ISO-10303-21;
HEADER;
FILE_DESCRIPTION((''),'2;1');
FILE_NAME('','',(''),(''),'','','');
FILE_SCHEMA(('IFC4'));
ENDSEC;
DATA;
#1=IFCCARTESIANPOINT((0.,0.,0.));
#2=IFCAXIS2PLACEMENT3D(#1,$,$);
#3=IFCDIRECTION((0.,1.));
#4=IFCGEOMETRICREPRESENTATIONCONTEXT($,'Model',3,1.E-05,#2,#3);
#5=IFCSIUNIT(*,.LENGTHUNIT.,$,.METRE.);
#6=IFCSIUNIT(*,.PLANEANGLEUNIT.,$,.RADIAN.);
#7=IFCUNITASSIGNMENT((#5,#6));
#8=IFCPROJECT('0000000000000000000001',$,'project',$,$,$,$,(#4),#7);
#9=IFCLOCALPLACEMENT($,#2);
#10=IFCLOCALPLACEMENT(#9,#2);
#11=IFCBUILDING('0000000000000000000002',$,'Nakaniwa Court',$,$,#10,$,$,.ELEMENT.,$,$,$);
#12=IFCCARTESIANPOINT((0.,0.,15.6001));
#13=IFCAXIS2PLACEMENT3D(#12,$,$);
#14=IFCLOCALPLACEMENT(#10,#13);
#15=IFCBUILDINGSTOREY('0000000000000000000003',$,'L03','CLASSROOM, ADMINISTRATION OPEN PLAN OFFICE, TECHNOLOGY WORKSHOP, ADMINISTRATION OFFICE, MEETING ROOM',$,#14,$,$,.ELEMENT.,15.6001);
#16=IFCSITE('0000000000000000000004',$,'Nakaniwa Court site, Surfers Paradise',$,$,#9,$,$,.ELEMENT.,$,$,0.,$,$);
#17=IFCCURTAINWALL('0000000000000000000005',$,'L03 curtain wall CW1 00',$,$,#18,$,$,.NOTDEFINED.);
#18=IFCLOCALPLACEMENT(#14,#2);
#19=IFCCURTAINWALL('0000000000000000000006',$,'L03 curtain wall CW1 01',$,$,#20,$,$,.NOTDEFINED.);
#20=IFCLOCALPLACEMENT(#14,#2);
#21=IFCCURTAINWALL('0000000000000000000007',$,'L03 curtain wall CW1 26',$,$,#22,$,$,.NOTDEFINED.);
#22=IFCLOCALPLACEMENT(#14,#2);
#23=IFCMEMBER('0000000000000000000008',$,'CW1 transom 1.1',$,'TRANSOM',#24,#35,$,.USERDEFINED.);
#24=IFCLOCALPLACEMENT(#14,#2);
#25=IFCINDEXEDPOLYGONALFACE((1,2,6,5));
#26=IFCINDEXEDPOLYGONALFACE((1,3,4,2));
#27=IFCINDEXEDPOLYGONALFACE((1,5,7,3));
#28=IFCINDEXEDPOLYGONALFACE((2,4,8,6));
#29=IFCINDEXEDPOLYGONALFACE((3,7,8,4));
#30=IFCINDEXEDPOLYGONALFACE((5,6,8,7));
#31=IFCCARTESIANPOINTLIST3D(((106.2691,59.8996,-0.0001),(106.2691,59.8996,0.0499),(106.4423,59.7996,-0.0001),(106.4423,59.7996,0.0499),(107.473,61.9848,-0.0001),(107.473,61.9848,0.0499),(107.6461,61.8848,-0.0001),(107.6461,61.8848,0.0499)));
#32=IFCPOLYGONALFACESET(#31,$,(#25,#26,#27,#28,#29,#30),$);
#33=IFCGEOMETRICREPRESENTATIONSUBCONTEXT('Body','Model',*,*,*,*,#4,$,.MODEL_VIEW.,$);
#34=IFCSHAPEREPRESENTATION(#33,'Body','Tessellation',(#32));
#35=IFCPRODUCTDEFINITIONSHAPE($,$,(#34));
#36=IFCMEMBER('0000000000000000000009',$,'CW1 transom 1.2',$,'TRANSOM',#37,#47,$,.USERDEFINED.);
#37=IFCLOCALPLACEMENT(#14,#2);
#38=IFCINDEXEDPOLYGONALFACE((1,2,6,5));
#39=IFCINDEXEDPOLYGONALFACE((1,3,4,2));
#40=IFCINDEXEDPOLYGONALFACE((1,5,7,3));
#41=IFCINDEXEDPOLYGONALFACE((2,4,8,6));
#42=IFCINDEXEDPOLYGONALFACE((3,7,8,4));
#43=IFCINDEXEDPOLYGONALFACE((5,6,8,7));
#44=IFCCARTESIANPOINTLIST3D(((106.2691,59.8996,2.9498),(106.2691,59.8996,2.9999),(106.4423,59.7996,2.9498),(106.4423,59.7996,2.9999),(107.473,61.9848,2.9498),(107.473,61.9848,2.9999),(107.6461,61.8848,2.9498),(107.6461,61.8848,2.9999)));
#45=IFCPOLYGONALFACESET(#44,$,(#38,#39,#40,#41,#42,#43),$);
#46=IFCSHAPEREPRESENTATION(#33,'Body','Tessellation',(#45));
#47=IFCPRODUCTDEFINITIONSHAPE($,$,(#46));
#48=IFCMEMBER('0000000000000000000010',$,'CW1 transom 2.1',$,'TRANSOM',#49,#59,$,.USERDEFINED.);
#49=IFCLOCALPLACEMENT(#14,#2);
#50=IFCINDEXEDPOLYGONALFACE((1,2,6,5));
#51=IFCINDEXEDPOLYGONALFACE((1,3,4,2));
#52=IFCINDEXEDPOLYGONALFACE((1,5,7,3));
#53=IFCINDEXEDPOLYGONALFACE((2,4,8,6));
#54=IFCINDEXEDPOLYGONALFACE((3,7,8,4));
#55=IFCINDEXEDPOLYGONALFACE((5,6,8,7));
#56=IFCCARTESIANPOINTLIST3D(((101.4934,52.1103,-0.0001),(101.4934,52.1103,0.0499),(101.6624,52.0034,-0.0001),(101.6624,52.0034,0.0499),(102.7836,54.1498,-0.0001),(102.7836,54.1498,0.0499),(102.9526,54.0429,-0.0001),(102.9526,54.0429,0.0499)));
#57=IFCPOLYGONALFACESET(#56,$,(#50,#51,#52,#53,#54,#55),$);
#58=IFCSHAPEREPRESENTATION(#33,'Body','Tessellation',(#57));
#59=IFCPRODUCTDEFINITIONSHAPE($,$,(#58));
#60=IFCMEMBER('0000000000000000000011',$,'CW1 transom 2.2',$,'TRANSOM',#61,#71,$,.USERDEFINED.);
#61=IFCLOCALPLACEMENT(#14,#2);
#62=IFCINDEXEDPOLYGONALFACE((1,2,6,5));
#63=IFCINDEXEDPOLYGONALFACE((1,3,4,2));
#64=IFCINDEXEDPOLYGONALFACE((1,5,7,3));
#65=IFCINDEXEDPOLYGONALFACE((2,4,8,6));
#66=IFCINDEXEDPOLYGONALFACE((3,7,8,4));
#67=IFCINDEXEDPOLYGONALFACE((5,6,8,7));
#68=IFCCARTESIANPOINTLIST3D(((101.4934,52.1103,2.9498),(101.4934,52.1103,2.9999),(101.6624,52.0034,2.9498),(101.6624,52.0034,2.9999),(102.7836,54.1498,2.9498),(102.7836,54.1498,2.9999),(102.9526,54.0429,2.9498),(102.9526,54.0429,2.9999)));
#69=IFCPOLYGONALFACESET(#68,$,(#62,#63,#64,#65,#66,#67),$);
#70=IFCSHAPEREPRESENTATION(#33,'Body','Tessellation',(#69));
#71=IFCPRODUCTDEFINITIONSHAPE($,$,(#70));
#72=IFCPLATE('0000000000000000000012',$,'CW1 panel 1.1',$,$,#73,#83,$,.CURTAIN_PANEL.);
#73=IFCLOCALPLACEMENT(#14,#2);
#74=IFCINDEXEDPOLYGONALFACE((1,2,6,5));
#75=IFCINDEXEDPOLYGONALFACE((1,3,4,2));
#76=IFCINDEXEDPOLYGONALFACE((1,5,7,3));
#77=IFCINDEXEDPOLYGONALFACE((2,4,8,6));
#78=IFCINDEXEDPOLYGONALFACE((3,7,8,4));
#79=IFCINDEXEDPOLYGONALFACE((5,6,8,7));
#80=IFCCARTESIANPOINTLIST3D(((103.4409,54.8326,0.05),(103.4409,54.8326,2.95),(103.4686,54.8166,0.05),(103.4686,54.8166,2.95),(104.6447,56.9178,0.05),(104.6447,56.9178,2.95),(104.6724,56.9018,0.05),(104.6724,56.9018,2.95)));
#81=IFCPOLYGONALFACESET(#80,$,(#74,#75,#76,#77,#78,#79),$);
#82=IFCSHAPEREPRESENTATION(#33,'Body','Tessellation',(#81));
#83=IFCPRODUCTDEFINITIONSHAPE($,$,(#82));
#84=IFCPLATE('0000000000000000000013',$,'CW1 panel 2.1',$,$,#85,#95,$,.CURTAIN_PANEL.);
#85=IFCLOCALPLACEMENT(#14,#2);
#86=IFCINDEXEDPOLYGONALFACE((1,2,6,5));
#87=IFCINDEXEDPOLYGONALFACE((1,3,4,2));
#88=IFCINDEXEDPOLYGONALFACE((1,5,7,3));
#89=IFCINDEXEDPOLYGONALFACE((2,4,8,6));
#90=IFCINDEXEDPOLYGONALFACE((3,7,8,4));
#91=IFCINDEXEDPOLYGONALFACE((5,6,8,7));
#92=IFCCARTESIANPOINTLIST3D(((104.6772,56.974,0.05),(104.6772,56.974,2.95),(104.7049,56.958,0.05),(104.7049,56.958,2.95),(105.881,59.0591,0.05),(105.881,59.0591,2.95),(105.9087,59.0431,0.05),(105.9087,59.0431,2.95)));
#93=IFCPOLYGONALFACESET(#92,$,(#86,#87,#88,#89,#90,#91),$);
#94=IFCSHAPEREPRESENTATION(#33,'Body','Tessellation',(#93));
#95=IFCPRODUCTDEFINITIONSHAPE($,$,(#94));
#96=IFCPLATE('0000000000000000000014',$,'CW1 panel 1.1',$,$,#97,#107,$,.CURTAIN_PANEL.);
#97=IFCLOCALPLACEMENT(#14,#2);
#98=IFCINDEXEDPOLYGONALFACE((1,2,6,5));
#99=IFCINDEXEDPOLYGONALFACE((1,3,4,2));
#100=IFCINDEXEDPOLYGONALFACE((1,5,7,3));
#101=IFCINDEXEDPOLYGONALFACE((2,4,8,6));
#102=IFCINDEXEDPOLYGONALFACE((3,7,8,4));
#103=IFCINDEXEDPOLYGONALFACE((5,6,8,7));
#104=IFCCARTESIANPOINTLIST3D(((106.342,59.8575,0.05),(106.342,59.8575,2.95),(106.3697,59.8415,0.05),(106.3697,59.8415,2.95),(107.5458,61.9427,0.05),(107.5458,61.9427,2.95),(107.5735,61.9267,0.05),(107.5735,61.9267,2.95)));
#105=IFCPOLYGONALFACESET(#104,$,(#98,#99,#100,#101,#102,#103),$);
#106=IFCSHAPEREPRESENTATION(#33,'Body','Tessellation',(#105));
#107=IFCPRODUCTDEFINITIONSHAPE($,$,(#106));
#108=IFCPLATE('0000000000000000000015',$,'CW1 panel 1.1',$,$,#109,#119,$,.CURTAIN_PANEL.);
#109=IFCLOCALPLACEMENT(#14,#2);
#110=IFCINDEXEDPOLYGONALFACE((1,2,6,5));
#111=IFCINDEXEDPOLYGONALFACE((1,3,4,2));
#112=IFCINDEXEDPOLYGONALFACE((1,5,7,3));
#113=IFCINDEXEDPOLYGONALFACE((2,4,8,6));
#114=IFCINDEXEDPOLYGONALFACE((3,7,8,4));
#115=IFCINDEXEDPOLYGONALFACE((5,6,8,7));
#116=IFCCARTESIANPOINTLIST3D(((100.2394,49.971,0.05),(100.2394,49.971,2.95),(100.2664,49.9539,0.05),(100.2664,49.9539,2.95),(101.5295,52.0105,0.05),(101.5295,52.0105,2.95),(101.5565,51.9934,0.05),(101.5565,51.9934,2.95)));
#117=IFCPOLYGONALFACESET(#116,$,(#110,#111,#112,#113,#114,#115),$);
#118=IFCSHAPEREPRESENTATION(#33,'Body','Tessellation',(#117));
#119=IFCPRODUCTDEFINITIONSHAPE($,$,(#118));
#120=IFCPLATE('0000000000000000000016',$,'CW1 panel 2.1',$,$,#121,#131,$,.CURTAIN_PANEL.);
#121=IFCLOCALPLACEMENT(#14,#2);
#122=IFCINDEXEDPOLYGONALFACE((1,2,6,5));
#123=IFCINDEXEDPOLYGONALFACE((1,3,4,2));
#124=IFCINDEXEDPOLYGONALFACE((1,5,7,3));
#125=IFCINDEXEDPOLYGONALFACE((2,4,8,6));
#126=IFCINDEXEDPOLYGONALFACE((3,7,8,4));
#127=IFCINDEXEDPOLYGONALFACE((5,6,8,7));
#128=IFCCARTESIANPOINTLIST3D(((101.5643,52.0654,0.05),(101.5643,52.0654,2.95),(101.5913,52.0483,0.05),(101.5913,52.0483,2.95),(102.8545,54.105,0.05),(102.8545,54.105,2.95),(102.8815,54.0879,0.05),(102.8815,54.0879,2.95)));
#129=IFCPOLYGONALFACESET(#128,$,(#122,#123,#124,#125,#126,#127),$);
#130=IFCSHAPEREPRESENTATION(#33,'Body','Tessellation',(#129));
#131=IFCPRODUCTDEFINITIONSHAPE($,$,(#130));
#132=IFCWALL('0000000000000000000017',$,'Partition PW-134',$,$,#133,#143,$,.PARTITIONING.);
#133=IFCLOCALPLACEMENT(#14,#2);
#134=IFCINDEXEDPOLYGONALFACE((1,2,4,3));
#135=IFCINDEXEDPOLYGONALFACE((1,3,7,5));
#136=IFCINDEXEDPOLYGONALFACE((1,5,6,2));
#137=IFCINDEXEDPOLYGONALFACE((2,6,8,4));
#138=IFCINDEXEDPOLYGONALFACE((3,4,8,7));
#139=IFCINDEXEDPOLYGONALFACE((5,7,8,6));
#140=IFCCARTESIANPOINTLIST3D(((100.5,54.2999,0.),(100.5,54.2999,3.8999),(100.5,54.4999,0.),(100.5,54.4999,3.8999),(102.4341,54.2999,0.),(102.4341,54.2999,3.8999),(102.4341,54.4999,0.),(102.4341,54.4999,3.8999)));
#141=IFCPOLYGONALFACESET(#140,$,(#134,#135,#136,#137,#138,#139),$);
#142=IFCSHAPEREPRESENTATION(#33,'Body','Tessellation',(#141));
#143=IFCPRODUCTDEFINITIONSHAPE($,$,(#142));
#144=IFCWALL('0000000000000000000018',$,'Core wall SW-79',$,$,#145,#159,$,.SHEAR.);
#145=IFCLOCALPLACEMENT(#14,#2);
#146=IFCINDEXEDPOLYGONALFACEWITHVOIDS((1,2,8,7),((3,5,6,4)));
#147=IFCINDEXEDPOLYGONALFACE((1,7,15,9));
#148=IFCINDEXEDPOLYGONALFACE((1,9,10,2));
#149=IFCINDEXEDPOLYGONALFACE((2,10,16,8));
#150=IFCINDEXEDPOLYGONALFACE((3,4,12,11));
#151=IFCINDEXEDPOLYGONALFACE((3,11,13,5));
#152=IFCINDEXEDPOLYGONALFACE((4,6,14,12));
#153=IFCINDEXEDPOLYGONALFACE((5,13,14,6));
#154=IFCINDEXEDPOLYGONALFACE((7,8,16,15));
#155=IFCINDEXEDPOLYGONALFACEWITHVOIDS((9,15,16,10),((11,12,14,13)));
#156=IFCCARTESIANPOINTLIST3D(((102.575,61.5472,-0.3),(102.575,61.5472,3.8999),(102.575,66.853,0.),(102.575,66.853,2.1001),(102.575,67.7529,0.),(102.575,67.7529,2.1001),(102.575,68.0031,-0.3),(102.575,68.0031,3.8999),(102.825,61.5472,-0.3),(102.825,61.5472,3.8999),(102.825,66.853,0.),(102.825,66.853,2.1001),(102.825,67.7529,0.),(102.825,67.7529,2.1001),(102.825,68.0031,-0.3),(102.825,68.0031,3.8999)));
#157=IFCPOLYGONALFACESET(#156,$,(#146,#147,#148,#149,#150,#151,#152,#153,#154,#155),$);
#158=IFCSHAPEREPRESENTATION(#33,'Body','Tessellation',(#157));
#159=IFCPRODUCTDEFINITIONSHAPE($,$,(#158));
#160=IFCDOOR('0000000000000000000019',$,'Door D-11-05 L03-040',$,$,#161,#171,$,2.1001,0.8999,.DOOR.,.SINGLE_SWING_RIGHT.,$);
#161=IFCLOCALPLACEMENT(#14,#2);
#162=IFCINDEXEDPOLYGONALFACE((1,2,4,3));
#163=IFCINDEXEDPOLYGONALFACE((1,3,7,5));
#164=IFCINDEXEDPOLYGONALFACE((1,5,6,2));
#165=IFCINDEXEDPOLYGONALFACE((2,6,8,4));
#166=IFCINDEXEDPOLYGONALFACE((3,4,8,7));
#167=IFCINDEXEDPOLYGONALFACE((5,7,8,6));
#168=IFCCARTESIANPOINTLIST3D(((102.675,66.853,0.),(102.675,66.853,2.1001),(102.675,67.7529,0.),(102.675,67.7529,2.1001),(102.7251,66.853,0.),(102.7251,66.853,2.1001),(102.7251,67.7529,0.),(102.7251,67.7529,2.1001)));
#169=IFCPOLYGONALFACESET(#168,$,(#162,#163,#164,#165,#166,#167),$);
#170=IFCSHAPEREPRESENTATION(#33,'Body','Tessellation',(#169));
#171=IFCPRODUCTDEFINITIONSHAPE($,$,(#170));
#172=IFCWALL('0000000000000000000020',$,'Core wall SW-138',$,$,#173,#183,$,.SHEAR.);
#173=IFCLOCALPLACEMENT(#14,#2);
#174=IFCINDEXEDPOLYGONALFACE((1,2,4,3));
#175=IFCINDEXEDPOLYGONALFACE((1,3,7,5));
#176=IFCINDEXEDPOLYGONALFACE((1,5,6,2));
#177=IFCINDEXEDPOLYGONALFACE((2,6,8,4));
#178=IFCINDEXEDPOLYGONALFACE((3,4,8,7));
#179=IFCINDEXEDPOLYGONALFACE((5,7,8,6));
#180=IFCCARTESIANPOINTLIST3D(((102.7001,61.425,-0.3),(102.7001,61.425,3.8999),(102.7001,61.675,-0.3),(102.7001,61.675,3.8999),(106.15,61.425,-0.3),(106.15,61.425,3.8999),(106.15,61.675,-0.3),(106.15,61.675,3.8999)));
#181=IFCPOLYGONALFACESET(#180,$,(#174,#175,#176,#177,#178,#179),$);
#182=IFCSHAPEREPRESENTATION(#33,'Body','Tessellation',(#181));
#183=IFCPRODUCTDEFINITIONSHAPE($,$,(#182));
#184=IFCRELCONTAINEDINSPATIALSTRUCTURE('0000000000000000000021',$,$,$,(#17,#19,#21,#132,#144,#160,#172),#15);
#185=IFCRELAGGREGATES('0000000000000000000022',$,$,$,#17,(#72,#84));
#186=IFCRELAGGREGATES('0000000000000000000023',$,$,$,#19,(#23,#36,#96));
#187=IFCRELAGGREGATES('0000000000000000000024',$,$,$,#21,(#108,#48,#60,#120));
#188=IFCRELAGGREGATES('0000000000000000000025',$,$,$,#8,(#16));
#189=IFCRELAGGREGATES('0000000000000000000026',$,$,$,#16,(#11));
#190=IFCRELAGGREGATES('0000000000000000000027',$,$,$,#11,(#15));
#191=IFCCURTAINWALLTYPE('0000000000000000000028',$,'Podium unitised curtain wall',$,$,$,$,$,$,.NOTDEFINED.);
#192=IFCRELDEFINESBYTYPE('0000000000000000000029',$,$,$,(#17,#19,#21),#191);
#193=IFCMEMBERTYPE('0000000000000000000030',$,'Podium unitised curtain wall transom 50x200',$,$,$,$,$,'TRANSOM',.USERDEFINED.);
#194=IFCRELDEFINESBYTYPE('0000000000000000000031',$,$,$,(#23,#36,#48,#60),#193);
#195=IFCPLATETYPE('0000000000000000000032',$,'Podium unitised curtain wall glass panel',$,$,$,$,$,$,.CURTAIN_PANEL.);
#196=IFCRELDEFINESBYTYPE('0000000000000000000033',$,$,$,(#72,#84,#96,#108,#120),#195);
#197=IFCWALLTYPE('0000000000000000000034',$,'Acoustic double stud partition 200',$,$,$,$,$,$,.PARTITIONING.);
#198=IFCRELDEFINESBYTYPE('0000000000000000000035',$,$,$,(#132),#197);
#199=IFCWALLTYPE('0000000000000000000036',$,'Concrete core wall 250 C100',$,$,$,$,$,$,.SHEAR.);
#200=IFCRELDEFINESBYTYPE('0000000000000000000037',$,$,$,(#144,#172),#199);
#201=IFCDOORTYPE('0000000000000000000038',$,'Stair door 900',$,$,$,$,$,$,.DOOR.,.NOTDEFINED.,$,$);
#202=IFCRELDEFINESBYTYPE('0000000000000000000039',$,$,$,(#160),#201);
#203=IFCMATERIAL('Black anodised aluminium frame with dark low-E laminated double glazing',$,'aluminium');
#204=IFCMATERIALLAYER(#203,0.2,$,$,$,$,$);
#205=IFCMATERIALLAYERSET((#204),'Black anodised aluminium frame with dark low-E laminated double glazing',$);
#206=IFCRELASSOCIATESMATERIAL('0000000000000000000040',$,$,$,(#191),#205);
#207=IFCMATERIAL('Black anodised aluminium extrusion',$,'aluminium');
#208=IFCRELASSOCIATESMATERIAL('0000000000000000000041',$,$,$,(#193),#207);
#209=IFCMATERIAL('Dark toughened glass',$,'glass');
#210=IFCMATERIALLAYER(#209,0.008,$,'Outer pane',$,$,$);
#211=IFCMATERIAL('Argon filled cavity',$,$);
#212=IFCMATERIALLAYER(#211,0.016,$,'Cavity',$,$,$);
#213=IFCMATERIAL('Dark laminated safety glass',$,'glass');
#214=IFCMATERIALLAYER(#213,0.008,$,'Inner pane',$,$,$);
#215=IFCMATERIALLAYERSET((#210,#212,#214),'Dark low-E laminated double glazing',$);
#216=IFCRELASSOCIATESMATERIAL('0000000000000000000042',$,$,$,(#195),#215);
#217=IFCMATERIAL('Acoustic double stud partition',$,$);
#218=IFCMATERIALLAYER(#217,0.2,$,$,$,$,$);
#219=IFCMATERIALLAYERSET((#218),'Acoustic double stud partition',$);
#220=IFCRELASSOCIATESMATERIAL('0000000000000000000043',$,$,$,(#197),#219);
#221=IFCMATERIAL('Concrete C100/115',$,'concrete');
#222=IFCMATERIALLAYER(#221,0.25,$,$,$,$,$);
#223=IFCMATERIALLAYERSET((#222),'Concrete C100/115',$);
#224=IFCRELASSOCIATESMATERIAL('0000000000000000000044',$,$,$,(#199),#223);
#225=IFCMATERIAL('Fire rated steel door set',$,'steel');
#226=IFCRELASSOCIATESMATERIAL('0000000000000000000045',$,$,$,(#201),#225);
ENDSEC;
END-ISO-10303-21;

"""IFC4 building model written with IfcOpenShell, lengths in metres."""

from ifc_helpers import new_model, si_unit, direction, frame, frame_2d, origin, origin_2d, place, context, subcontext, project, spatial, rectangle, extrude, material, layer, layer_set, material_profile, profile_set, type_object, element, fill, aggregate, save


model = new_model("IFC4")

# Units and contexts
model_context = context("Model", 3, precision=1e-05, world=origin(), true_north=direction((0.0, 1.0)))
body_context = subcontext(model_context, "Body", "Model", "MODEL_VIEW")
ifc_project = project(units=[si_unit("LENGTHUNIT", "METRE"), si_unit("PLANEANGLEUNIT", "RADIAN")], contexts=[model_context])

# Site, building, storey
site_placement = place(None, origin())
site = spatial("IfcSite", under=ifc_project, at=site_placement, Name="Nakaniwa Court site, Surfers Paradise", CompositionType="ELEMENT", RefElevation=0.0)
building_placement = place(site_placement, origin())
building = spatial("IfcBuilding", under=site, at=building_placement, Name="Nakaniwa Court", CompositionType="ELEMENT")
storey_placement = place(building_placement, frame((0.0, 0.0, 15.6001)))
storey = spatial("IfcBuildingStorey", under=building, at=storey_placement, Name="L03", Description="CLASSROOM, ADMINISTRATION OPEN PLAN OFFICE, TECHNOLOGY WORKSHOP, ADMINISTRATION OFFICE, MEETING ROOM", CompositionType="ELEMENT", Elevation=15.6001)

# Shared definitions
ifc_material_1 = material(Name="Concrete C100/115", Category="concrete")

# Curtain wall
ifc_material_2 = material(Name="Black anodised aluminium frame with dark low-E laminated double glazing", Category="aluminium")
ifc_layer_1 = layer(ifc_material_2, 0.2)
ifc_layer_set_1 = layer_set([ifc_layer_1], Name="Black anodised aluminium frame with dark low-E laminated double glazing")
curtain_wall_type = type_object("IfcCurtainWallType", Name="Podium unitised curtain wall", PredefinedType="NOTDEFINED", material=ifc_layer_set_1)
curtain_wall_1_placement = place(storey_placement, origin())
curtain_wall_1 = element("IfcCurtainWall", 1, at=curtain_wall_1_placement, inside=storey, type_object=curtain_wall_type, Name="L03 curtain wall CW1 00", PredefinedType="NOTDEFINED")
ifc_material_3 = material(Name="Black anodised aluminium extrusion", Category="aluminium")

# Curtain wall
curtain_wall_2_placement = place(storey_placement, origin())
curtain_wall_2 = element("IfcCurtainWall", 2, at=curtain_wall_2_placement, inside=storey, type_object=curtain_wall_type, Name="L03 curtain wall CW1 01", PredefinedType="NOTDEFINED")

# Curtain wall
curtain_wall_3_placement = place(storey_placement, origin())
curtain_wall_3 = element("IfcCurtainWall", 3, at=curtain_wall_3_placement, inside=storey, type_object=curtain_wall_type, Name="L03 curtain wall CW1 26", PredefinedType="NOTDEFINED")

# Members
ifc_material_profile_1 = material_profile(ifc_material_3, rectangle(XDim=0.2, YDim=0.05, at=origin_2d()), Name="Podium unitised curtain wall transom 50x200")
ifc_profile_set_1 = profile_set([ifc_material_profile_1], Name="Black anodised aluminium extrusion")
member_type_1 = type_object("IfcMemberType", Name="Podium unitised curtain wall transom 50x200", ElementType="TRANSOM", PredefinedType="USERDEFINED", material=ifc_profile_set_1)
member_1_placement = place(storey_placement, frame((106.3557, 59.8496, 0.0249), z_axis=(0.499989, 0.866032, 0.0), x_axis=(-0.866032, 0.499989, 0.0)))
member_1 = element("IfcMember", 4, at=member_1_placement, type_object=member_type_1, Name="CW1 transom 1.1", ObjectType="TRANSOM", PredefinedType="USERDEFINED", context=body_context, shape_type="SweptSolid", body=[
    extrude(rectangle(XDim=0.2, YDim=0.05, at=origin_2d()), origin(), (0.0, 0.0, 1.0), 2.4077),
])
member_2_placement = place(storey_placement, frame((106.3557, 59.8496, 2.9749), z_axis=(0.499989, 0.866032, 0.0), x_axis=(-0.866032, 0.499989, 0.0)))
member_2 = element("IfcMember", 5, at=member_2_placement, type_object=member_type_1, Name="CW1 transom 1.2", ObjectType="TRANSOM", PredefinedType="USERDEFINED", context=body_context, shape_type="SweptSolid", body=[
    extrude(rectangle(XDim=0.2, YDim=0.05, at=origin_2d()), origin(), (0.0, 0.0, 1.0), 2.4077),
])
member_3_placement = place(storey_placement, frame((101.5779, 52.0569, 0.0249), z_axis=(0.534628, 0.845087, 0.0), x_axis=(-0.845087, 0.534628, 0.0)))
member_3 = element("IfcMember", 6, at=member_3_placement, type_object=member_type_1, Name="CW1 transom 2.1", ObjectType="TRANSOM", PredefinedType="USERDEFINED", context=body_context, shape_type="SweptSolid", body=[
    extrude(rectangle(XDim=0.2, YDim=0.05, at=origin_2d()), origin(), (0.0, 0.0, 1.0), 2.4133),
])
member_4_placement = place(storey_placement, frame((101.5779, 52.0569, 2.9749), z_axis=(0.534628, 0.845087, 0.0), x_axis=(-0.845087, 0.534628, 0.0)))
member_4 = element("IfcMember", 7, at=member_4_placement, type_object=member_type_1, Name="CW1 transom 2.2", ObjectType="TRANSOM", PredefinedType="USERDEFINED", context=body_context, shape_type="SweptSolid", body=[
    extrude(rectangle(XDim=0.2, YDim=0.05, at=origin_2d()), origin(), (0.0, 0.0, 1.0), 2.4133),
])

# Plates
ifc_material_4 = material(Name="Dark toughened glass", Category="glass")
ifc_layer_2 = layer(ifc_material_4, 0.008, Name="Outer pane")
ifc_material_5 = material(Name="Argon filled cavity")
ifc_layer_3 = layer(ifc_material_5, 0.016, Name="Cavity")
ifc_material_6 = material(Name="Dark laminated safety glass", Category="glass")
ifc_layer_4 = layer(ifc_material_6, 0.008, Name="Inner pane")
ifc_layer_set_2 = layer_set([ifc_layer_2, ifc_layer_3, ifc_layer_4], Name="Dark low-E laminated double glazing")
plate_type = type_object("IfcPlateType", Name="Podium unitised curtain wall glass panel", PredefinedType="CURTAIN_PANEL", material=ifc_layer_set_2)
plate_1_placement = place(storey_placement, frame((104.0566, 55.8672, 0.05), z_axis=(0.0, 0.0, 1.0), x_axis=(0.499979, 0.866037, 0.0)))
plate_1 = element("IfcPlate", 8, at=plate_1_placement, type_object=plate_type, Name="CW1 panel 1.1", PredefinedType="CURTAIN_PANEL", context=body_context, shape_type="SweptSolid", body=[
    extrude(rectangle(XDim=2.4077, YDim=0.032, at=origin_2d()), origin(), (0.0, 0.0, 1.0), 2.8999),
])
plate_2_placement = place(storey_placement, frame((105.293, 58.0085, 0.05), z_axis=(0.0, 0.0, 1.0), x_axis=(0.499979, 0.866037, 0.0)))
plate_2 = element("IfcPlate", 9, at=plate_2_placement, type_object=plate_type, Name="CW1 panel 2.1", PredefinedType="CURTAIN_PANEL", context=body_context, shape_type="SweptSolid", body=[
    extrude(rectangle(XDim=2.4077, YDim=0.032, at=origin_2d()), origin(), (0.0, 0.0, 1.0), 2.8999),
])
aggregate(curtain_wall_1, [plate_1, plate_2])
plate_3_placement = place(storey_placement, frame((106.9578, 60.8921, 0.05), z_axis=(0.0, 0.0, 1.0), x_axis=(0.499988, 0.866032, 0.0)))
plate_3 = element("IfcPlate", 10, at=plate_3_placement, type_object=plate_type, Name="CW1 panel 1.1", PredefinedType="CURTAIN_PANEL", context=body_context, shape_type="SweptSolid", body=[
    extrude(rectangle(XDim=2.4077, YDim=0.032, at=origin_2d()), origin(), (0.0, 0.0, 1.0), 2.8999),
])
aggregate(curtain_wall_2, [member_1, member_2, plate_3])
plate_4_placement = place(storey_placement, frame((100.8979, 50.9822, 0.05), z_axis=(0.0, 0.0, 1.0), x_axis=(0.534597, 0.845107, 0.0)))
plate_4 = element("IfcPlate", 11, at=plate_4_placement, type_object=plate_type, Name="CW1 panel 1.1", PredefinedType="CURTAIN_PANEL", context=body_context, shape_type="SweptSolid", body=[
    extrude(rectangle(XDim=2.4133, YDim=0.032, at=origin_2d()), origin(), (0.0, 0.0, 1.0), 2.8999),
])
plate_5_placement = place(storey_placement, frame((102.2229, 53.0767, 0.05), z_axis=(0.0, 0.0, 1.0), x_axis=(0.534597, 0.845107, 0.0)))
plate_5 = element("IfcPlate", 12, at=plate_5_placement, type_object=plate_type, Name="CW1 panel 2.1", PredefinedType="CURTAIN_PANEL", context=body_context, shape_type="SweptSolid", body=[
    extrude(rectangle(XDim=2.4133, YDim=0.032, at=origin_2d()), origin(), (0.0, 0.0, 1.0), 2.8999),
])
aggregate(curtain_wall_3, [plate_4, member_3, member_4, plate_5])

# Wall
ifc_material_7 = material(Name="Acoustic double stud partition")
ifc_layer_5 = layer(ifc_material_7, 0.2)
ifc_layer_set_3 = layer_set([ifc_layer_5], Name="Acoustic double stud partition")
wall_type_1 = type_object("IfcWallType", Name="Acoustic double stud partition 200", PredefinedType="PARTITIONING", material=ifc_layer_set_3)
wall_1_placement = place(storey_placement, frame((100.5, 54.3999, 0.0), z_axis=(0.0, 0.0, 1.0), x_axis=(1.0, 0.0, 0.0)))
element("IfcWall", 13, at=wall_1_placement, inside=storey, type_object=wall_type_1, Name="Partition PW-134", PredefinedType="PARTITIONING", context=body_context, shape_type="SweptSolid", body=[
    extrude(rectangle(XDim=1.9341, YDim=0.2, at=frame_2d((0.967, 0.0))), origin(), (0.0, 0.0, 1.0), 3.8999),
])

# Wall, opening, door
ifc_layer_6 = layer(ifc_material_1, 0.25)
ifc_layer_set_4 = layer_set([ifc_layer_6], Name="Concrete C100/115")
wall_type_2 = type_object("IfcWallType", Name="Concrete core wall 250 C100", PredefinedType="SHEAR", material=ifc_layer_set_4)
wall_2_placement = place(storey_placement, frame((102.7, 61.5471, -0.3), z_axis=(0.0, 0.0, 1.0), x_axis=(0.0, 1.0, 0.0)))
wall_2 = element("IfcWall", 14, at=wall_2_placement, inside=storey, type_object=wall_type_2, Name="Core wall SW-79", PredefinedType="SHEAR", context=body_context, shape_type="SweptSolid", body=[
    extrude(rectangle(XDim=6.4558, YDim=0.25, at=frame_2d((3.228, 0.0))), origin(), (0.0, 0.0, 1.0), 4.2),
])
opening_placement = place(wall_2_placement, frame((5.3059, 0.0, 0.3)))
opening = element("IfcOpeningElement", 15, at=opening_placement, cuts=wall_2, PredefinedType="OPENING", context=body_context, shape_type="SweptSolid", body=[
    extrude(rectangle(XDim=0.8999, YDim=2.1001, at=frame_2d((0.45, 1.05))), frame((0.0, 0.135, 0.0), z_axis=(0.0, -1.0, 0.0), x_axis=(1.0, 0.0, 0.0)), (0.0, 0.0, 1.0), 0.27),
])
ifc_material_8 = material(Name="Fire rated steel door set", Category="steel")
door_type = type_object("IfcDoorType", Name="Stair door 900", OperationType="NOTDEFINED", PredefinedType="DOOR", material=ifc_material_8)
door_placement = place(opening_placement, origin())
door = element("IfcDoor", 16, at=door_placement, inside=storey, type_object=door_type, Name="Door D-11-05 L03-040", OperationType="SINGLE_SWING_RIGHT", OverallHeight=2.1001, OverallWidth=0.8999, PredefinedType="DOOR", context=body_context, shape_type="SweptSolid", body=[
    extrude(rectangle(XDim=0.8999, YDim=2.1001, at=frame_2d((0.45, 1.05))), frame((0.0, 0.0249, 0.0), z_axis=(0.0, -1.0, 0.0), x_axis=(1.0, 0.0, 0.0)), (0.0, 0.0, 1.0), 0.05),
])
fill(opening, door)

# Wall
wall_3_placement = place(storey_placement, frame((102.7, 61.55, -0.3), z_axis=(0.0, 0.0, 1.0), x_axis=(1.0, 0.0, 0.0)))
element("IfcWall", 17, at=wall_3_placement, inside=storey, type_object=wall_type_2, Name="Core wall SW-138", PredefinedType="SHEAR", context=body_context, shape_type="SweptSolid", body=[
    extrude(rectangle(XDim=3.45, YDim=0.25, at=frame_2d((1.7251, 0.0))), origin(), (0.0, 0.0, 1.0), 4.2),
])

save(model, "model.ifc")
